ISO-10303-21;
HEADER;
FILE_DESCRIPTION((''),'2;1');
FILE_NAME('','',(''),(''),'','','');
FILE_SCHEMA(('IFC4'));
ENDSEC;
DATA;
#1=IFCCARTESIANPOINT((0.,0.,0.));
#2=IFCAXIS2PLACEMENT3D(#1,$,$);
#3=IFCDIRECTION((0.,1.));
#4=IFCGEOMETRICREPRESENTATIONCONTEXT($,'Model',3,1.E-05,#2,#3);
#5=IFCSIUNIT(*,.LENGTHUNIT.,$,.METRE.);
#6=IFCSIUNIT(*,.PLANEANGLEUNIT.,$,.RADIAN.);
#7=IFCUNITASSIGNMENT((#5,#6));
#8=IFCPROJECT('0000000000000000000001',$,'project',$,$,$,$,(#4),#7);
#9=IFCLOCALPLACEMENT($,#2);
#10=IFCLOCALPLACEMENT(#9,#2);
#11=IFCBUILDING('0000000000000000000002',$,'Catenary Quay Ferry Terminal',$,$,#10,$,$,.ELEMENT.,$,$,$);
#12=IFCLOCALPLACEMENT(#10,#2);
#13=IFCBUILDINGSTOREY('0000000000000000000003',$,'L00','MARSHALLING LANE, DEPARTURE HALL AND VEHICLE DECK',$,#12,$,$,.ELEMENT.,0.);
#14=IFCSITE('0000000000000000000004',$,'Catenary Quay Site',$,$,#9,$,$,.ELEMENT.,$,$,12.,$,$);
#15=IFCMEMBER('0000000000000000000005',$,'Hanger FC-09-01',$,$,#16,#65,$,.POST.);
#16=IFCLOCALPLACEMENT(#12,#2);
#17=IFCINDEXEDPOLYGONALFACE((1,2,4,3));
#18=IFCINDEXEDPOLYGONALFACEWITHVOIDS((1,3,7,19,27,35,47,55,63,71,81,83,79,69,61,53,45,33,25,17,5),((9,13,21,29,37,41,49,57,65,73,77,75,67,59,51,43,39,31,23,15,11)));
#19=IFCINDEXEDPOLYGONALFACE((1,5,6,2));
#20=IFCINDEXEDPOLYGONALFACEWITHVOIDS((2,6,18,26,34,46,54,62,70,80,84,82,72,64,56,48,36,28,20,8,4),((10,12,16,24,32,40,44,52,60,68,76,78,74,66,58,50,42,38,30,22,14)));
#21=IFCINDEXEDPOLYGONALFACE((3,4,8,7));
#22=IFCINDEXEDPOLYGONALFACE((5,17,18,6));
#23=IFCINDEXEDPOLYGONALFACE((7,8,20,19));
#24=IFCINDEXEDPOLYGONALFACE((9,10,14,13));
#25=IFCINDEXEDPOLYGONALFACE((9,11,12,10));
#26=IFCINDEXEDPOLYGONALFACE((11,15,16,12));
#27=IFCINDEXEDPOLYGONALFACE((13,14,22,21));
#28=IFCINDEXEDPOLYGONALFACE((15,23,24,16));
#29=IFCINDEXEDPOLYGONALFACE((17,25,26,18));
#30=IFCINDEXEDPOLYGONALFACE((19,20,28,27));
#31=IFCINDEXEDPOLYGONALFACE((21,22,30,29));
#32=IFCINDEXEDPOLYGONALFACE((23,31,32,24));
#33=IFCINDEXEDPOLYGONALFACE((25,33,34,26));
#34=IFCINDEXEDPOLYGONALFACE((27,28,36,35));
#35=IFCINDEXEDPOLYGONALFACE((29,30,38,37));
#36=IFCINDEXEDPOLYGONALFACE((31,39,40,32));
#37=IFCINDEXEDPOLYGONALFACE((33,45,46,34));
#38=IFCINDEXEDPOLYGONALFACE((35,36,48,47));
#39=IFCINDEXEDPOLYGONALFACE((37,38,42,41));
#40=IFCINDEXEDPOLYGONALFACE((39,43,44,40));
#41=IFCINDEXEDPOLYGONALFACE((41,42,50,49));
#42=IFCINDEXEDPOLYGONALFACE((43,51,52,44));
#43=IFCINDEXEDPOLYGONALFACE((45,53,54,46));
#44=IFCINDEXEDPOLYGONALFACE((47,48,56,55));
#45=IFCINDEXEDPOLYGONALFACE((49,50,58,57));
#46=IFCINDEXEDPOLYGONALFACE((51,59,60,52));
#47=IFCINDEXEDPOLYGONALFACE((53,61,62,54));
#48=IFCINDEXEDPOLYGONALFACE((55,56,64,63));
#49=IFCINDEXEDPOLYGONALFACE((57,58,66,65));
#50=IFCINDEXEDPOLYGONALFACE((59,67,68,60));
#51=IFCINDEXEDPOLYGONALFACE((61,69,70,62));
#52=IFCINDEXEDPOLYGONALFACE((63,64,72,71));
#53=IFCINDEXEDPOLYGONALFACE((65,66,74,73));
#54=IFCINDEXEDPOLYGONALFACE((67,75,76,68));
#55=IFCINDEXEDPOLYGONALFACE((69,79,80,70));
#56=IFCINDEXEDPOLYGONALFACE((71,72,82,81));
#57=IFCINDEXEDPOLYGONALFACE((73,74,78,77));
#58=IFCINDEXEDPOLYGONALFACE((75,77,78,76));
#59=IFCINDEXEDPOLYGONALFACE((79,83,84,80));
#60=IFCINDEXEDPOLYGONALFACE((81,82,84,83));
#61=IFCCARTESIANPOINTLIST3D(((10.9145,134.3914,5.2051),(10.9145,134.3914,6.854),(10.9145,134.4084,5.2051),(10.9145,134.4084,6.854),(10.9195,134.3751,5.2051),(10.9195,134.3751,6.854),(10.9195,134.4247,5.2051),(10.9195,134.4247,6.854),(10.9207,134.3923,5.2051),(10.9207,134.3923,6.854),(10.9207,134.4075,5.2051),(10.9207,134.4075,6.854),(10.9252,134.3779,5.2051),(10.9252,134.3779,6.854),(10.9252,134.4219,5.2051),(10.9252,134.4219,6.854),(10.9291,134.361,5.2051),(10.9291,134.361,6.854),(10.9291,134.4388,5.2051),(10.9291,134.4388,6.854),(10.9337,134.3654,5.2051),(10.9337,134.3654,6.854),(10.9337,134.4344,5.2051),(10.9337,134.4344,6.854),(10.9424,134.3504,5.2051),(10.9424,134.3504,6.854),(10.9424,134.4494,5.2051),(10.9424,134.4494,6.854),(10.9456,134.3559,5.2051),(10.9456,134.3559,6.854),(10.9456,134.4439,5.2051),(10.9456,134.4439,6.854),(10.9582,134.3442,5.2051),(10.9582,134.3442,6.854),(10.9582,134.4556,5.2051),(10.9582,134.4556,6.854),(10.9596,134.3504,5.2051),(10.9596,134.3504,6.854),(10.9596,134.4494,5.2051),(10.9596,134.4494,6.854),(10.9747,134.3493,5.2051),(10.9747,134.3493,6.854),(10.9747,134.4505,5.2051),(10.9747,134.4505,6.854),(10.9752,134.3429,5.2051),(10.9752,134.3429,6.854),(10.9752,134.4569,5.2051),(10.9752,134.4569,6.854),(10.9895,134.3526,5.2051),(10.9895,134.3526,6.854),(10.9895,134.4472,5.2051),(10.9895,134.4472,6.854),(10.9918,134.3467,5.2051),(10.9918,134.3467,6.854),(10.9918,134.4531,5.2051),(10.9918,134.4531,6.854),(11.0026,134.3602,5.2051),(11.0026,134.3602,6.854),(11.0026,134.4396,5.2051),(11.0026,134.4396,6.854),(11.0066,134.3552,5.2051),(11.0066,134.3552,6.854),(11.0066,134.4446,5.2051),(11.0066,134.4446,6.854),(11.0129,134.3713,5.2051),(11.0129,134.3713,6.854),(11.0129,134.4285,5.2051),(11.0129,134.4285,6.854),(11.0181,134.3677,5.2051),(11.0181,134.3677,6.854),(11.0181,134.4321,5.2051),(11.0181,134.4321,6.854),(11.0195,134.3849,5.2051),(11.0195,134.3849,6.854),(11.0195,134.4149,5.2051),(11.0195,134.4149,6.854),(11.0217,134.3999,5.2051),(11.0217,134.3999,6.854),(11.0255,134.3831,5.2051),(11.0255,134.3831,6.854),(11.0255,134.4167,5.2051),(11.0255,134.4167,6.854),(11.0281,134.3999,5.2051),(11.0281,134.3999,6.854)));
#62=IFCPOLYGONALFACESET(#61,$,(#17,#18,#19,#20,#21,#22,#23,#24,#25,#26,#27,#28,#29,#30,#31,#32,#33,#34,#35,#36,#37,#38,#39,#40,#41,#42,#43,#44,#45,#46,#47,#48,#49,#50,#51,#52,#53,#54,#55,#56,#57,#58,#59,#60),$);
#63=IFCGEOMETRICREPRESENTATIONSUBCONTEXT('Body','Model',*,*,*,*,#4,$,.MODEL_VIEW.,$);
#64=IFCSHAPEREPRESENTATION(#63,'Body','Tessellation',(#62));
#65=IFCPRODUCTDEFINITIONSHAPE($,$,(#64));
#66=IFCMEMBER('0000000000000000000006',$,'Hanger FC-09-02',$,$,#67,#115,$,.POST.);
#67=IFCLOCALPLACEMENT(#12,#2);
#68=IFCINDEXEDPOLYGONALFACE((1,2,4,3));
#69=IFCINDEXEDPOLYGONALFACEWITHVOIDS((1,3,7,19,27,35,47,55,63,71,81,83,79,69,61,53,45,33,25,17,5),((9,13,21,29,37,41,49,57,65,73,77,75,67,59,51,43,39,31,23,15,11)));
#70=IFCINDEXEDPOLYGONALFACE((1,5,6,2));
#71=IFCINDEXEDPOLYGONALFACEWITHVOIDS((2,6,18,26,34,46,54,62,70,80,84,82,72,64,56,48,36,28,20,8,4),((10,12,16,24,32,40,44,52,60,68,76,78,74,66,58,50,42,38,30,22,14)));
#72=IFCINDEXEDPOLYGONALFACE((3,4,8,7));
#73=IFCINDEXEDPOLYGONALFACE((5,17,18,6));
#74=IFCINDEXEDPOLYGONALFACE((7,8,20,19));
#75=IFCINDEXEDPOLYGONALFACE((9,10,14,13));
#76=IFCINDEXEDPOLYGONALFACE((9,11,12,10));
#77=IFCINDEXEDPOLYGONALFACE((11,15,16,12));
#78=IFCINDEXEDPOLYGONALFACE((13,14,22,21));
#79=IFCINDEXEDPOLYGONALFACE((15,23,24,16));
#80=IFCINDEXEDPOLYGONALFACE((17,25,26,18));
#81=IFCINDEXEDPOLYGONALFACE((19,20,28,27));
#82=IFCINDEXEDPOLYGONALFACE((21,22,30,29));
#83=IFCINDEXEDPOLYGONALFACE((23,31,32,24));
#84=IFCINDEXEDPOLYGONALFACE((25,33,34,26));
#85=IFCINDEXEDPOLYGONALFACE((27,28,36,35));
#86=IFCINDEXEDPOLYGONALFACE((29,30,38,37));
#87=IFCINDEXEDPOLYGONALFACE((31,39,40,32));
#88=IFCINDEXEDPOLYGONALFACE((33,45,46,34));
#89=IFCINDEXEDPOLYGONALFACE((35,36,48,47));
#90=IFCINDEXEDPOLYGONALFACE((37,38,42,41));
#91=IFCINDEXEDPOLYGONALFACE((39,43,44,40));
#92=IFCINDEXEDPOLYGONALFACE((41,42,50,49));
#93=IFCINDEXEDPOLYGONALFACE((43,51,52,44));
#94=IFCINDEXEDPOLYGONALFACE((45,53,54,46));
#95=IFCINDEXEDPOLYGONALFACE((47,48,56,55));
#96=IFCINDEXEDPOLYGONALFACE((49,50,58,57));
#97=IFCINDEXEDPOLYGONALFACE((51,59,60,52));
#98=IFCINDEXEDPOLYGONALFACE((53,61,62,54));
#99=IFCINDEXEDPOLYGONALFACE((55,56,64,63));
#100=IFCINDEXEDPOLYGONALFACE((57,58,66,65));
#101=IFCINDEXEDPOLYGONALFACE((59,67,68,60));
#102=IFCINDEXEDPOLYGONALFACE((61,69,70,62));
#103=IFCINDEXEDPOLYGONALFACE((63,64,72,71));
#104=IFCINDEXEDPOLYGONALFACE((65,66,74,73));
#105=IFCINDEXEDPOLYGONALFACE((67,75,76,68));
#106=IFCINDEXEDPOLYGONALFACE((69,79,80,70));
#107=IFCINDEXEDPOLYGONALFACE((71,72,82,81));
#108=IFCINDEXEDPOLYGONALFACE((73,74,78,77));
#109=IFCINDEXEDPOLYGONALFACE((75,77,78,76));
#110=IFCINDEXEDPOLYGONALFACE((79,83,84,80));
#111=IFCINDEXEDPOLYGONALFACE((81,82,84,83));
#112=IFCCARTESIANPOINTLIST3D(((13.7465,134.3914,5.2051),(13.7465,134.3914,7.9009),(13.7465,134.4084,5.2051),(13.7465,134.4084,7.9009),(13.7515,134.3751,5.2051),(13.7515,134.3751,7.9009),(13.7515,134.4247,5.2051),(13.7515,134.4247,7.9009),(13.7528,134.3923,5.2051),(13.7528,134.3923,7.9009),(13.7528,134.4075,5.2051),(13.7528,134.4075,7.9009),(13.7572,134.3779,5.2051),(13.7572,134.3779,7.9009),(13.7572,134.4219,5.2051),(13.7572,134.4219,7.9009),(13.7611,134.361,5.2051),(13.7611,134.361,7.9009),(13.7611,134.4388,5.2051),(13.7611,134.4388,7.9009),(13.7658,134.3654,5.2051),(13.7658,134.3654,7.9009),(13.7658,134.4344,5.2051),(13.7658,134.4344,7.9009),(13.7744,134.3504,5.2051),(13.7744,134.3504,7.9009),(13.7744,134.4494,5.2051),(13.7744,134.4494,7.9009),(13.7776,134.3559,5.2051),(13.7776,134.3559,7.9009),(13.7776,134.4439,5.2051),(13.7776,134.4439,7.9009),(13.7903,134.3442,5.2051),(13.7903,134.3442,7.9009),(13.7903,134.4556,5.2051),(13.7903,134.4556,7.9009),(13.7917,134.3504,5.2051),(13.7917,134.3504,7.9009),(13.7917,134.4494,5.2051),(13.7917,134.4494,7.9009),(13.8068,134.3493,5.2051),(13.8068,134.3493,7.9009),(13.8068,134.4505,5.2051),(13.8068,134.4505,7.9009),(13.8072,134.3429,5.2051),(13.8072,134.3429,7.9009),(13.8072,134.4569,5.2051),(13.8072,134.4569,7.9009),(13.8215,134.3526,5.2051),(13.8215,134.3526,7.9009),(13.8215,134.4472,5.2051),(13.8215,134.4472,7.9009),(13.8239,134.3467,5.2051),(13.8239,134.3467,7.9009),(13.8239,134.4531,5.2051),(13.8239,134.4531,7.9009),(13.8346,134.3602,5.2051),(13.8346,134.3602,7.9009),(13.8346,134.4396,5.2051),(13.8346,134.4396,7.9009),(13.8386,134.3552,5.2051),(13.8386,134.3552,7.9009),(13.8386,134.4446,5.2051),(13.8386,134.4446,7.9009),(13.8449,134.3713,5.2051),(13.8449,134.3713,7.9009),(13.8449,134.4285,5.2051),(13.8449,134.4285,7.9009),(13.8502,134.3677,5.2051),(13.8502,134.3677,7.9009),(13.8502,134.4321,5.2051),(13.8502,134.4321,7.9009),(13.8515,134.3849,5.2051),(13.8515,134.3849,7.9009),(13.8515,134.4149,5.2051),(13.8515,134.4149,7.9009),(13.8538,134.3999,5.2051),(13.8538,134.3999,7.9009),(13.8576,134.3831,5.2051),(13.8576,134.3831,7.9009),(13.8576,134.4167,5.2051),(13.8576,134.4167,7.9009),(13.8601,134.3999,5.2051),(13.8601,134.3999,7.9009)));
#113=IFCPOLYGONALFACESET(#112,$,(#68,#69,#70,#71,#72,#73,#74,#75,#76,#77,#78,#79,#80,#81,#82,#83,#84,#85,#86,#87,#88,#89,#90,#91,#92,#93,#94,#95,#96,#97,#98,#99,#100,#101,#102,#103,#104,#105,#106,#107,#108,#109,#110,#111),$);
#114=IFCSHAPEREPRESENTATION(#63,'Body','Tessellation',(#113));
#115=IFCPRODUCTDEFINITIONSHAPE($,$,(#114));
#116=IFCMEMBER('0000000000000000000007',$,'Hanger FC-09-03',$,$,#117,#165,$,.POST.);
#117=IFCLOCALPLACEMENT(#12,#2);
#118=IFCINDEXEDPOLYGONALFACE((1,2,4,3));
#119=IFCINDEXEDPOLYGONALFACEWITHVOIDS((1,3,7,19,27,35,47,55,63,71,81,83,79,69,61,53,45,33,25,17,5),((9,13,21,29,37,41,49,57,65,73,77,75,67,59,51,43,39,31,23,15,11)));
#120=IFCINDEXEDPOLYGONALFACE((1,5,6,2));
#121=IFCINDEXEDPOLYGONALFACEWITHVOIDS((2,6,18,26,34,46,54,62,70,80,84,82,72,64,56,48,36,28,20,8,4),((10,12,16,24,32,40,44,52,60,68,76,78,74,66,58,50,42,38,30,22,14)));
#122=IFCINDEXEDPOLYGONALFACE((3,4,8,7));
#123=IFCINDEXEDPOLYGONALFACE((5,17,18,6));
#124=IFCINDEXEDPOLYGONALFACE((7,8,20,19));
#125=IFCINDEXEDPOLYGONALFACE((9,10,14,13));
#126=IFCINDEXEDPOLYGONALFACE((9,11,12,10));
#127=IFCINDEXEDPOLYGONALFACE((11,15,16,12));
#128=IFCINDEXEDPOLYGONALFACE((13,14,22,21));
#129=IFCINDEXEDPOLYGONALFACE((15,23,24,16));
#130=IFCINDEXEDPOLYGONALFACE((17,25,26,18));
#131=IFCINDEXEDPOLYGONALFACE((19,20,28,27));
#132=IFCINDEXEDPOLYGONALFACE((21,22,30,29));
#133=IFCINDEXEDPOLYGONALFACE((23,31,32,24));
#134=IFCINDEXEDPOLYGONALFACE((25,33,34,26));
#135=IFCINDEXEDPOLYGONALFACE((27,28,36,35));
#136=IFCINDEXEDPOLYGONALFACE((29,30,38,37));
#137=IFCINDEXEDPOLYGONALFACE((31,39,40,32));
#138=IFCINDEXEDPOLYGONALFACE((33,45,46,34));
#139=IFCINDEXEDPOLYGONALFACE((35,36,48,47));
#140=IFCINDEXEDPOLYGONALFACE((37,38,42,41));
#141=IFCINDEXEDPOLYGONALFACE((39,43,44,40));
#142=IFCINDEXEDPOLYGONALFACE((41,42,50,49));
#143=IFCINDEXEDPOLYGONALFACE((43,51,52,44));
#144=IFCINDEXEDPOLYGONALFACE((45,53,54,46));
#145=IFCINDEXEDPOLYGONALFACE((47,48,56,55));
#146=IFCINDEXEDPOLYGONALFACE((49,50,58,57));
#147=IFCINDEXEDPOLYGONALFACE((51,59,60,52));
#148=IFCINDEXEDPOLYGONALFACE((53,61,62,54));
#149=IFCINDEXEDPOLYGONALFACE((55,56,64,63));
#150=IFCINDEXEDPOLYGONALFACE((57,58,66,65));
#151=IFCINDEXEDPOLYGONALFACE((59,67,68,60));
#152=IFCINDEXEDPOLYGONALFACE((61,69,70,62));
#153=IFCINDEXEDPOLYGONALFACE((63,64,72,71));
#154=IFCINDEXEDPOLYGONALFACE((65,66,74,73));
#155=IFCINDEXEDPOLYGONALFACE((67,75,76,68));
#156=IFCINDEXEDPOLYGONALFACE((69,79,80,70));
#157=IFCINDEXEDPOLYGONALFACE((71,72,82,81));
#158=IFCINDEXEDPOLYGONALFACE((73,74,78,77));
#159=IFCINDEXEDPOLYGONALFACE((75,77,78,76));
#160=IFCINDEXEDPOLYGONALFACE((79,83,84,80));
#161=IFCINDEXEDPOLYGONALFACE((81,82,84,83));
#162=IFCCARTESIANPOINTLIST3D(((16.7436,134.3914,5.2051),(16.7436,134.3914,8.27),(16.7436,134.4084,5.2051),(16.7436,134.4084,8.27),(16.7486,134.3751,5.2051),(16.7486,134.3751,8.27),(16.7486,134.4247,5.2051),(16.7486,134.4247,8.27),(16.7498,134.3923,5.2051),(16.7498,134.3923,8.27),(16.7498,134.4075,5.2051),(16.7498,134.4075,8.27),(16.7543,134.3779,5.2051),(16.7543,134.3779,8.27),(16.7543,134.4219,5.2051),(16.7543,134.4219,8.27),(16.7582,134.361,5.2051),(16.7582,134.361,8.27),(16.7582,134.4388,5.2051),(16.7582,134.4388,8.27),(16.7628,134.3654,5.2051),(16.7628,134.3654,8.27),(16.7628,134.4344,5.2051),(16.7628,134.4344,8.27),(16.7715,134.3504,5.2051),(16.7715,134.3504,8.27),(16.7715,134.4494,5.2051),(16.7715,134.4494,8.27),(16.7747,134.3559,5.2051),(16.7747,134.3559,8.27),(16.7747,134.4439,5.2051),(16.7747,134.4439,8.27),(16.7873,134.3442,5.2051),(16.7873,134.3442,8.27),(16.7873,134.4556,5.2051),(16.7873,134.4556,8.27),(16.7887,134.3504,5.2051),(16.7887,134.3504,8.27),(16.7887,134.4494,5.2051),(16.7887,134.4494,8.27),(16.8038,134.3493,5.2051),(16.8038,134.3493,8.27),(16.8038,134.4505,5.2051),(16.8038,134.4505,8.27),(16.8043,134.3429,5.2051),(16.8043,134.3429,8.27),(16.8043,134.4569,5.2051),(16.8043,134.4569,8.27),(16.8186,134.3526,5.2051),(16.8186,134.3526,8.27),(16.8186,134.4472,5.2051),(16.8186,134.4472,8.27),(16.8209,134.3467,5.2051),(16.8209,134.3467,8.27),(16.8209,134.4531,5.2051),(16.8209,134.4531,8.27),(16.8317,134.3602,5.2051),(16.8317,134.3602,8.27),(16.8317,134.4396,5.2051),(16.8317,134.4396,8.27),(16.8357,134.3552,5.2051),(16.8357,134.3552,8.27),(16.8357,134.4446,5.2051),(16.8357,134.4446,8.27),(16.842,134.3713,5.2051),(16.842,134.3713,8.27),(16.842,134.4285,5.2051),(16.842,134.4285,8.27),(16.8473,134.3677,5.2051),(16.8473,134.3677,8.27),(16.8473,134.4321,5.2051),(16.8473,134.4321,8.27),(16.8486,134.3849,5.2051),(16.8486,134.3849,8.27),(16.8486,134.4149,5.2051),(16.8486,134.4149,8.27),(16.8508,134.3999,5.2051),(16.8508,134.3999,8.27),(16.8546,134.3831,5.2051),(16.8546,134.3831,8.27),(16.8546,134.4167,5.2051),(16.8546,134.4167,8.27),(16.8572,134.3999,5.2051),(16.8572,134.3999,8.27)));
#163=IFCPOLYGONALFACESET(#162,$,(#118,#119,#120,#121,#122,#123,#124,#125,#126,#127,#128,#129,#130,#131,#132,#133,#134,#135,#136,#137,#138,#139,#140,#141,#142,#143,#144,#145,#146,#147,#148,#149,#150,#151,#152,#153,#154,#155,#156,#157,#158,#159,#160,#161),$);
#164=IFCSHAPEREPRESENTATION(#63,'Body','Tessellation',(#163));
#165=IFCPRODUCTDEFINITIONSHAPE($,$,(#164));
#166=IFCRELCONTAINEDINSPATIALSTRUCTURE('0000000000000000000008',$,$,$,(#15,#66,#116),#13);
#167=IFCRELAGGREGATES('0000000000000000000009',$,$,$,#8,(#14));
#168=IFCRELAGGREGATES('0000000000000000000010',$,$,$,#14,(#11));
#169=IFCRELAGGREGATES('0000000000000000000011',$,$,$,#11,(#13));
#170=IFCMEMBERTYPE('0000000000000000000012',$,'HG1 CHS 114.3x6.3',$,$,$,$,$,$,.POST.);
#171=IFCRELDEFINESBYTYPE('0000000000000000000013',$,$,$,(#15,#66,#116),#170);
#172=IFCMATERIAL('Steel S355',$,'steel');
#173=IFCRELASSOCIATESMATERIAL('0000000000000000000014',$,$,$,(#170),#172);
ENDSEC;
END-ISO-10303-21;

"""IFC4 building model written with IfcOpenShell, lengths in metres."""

from ifc_helpers import new_model, si_unit, direction, frame, origin, origin_2d, place, context, subcontext, project, spatial, hollow_circle, extrude, material, material_profile, profile_set, type_object, element, save


model = new_model("IFC4")

# Units and contexts
model_context = context("Model", 3, precision=1e-05, world=origin(), true_north=direction((0.0, 1.0)))
body_context = subcontext(model_context, "Body", "Model", "MODEL_VIEW")
ifc_project = project(units=[si_unit("LENGTHUNIT", "METRE"), si_unit("PLANEANGLEUNIT", "RADIAN")], contexts=[model_context])

# Site, building, storey
site_placement = place(None, origin())
site = spatial("IfcSite", under=ifc_project, at=site_placement, Name="Catenary Quay Site", CompositionType="ELEMENT", RefElevation=12.0)
building_placement = place(site_placement, origin())
building = spatial("IfcBuilding", under=site, at=building_placement, Name="Catenary Quay Ferry Terminal", CompositionType="ELEMENT")
storey_placement = place(building_placement, origin())
storey = spatial("IfcBuildingStorey", under=building, at=storey_placement, Name="L00", Description="MARSHALLING LANE, DEPARTURE HALL AND VEHICLE DECK", CompositionType="ELEMENT", Elevation=0.0)

# Members
ifc_material_1 = material(Name="Steel S355", Category="steel")
ifc_material_profile_1 = material_profile(ifc_material_1, hollow_circle(Radius=0.0571, WallThickness=0.0063, at=origin_2d()), Name="CHS 114.3x6.3")
ifc_profile_set_1 = profile_set([ifc_material_profile_1], Name="Steel S355")
member_type_1 = type_object("IfcMemberType", Name="HG1 CHS 114.3x6.3", PredefinedType="POST", material=ifc_profile_set_1)
member_1_placement = place(storey_placement, frame((10.9709, 134.3999, 5.2051), z_axis=(0.0, 0.0, 1.0), x_axis=(1.0, 0.0, 0.0)))
element("IfcMember", 1, at=member_1_placement, inside=storey, type_object=member_type_1, Name="Hanger FC-09-01", PredefinedType="POST", context=body_context, shape_type="SweptSolid", body=[
    extrude(hollow_circle(Radius=0.0571, WallThickness=0.0063, at=origin_2d()), origin(), (0.0, 0.0, 1.0), 1.6489),
])
member_2_placement = place(storey_placement, frame((13.803, 134.3999, 5.2051), z_axis=(0.0, 0.0, 1.0), x_axis=(1.0, 0.0, 0.0)))
element("IfcMember", 2, at=member_2_placement, inside=storey, type_object=member_type_1, Name="Hanger FC-09-02", PredefinedType="POST", context=body_context, shape_type="SweptSolid", body=[
    extrude(hollow_circle(Radius=0.0571, WallThickness=0.0063, at=origin_2d()), origin(), (0.0, 0.0, 1.0), 2.6958),
])
member_3_placement = place(storey_placement, frame((16.8, 134.3999, 5.2051), z_axis=(0.0, 0.0, 1.0), x_axis=(1.0, 0.0, 0.0)))
element("IfcMember", 3, at=member_3_placement, inside=storey, type_object=member_type_1, Name="Hanger FC-09-03", PredefinedType="POST", context=body_context, shape_type="SweptSolid", body=[
    extrude(hollow_circle(Radius=0.0571, WallThickness=0.0063, at=origin_2d()), origin(), (0.0, 0.0, 1.0), 3.0649),
])

save(model, "model.ifc")
